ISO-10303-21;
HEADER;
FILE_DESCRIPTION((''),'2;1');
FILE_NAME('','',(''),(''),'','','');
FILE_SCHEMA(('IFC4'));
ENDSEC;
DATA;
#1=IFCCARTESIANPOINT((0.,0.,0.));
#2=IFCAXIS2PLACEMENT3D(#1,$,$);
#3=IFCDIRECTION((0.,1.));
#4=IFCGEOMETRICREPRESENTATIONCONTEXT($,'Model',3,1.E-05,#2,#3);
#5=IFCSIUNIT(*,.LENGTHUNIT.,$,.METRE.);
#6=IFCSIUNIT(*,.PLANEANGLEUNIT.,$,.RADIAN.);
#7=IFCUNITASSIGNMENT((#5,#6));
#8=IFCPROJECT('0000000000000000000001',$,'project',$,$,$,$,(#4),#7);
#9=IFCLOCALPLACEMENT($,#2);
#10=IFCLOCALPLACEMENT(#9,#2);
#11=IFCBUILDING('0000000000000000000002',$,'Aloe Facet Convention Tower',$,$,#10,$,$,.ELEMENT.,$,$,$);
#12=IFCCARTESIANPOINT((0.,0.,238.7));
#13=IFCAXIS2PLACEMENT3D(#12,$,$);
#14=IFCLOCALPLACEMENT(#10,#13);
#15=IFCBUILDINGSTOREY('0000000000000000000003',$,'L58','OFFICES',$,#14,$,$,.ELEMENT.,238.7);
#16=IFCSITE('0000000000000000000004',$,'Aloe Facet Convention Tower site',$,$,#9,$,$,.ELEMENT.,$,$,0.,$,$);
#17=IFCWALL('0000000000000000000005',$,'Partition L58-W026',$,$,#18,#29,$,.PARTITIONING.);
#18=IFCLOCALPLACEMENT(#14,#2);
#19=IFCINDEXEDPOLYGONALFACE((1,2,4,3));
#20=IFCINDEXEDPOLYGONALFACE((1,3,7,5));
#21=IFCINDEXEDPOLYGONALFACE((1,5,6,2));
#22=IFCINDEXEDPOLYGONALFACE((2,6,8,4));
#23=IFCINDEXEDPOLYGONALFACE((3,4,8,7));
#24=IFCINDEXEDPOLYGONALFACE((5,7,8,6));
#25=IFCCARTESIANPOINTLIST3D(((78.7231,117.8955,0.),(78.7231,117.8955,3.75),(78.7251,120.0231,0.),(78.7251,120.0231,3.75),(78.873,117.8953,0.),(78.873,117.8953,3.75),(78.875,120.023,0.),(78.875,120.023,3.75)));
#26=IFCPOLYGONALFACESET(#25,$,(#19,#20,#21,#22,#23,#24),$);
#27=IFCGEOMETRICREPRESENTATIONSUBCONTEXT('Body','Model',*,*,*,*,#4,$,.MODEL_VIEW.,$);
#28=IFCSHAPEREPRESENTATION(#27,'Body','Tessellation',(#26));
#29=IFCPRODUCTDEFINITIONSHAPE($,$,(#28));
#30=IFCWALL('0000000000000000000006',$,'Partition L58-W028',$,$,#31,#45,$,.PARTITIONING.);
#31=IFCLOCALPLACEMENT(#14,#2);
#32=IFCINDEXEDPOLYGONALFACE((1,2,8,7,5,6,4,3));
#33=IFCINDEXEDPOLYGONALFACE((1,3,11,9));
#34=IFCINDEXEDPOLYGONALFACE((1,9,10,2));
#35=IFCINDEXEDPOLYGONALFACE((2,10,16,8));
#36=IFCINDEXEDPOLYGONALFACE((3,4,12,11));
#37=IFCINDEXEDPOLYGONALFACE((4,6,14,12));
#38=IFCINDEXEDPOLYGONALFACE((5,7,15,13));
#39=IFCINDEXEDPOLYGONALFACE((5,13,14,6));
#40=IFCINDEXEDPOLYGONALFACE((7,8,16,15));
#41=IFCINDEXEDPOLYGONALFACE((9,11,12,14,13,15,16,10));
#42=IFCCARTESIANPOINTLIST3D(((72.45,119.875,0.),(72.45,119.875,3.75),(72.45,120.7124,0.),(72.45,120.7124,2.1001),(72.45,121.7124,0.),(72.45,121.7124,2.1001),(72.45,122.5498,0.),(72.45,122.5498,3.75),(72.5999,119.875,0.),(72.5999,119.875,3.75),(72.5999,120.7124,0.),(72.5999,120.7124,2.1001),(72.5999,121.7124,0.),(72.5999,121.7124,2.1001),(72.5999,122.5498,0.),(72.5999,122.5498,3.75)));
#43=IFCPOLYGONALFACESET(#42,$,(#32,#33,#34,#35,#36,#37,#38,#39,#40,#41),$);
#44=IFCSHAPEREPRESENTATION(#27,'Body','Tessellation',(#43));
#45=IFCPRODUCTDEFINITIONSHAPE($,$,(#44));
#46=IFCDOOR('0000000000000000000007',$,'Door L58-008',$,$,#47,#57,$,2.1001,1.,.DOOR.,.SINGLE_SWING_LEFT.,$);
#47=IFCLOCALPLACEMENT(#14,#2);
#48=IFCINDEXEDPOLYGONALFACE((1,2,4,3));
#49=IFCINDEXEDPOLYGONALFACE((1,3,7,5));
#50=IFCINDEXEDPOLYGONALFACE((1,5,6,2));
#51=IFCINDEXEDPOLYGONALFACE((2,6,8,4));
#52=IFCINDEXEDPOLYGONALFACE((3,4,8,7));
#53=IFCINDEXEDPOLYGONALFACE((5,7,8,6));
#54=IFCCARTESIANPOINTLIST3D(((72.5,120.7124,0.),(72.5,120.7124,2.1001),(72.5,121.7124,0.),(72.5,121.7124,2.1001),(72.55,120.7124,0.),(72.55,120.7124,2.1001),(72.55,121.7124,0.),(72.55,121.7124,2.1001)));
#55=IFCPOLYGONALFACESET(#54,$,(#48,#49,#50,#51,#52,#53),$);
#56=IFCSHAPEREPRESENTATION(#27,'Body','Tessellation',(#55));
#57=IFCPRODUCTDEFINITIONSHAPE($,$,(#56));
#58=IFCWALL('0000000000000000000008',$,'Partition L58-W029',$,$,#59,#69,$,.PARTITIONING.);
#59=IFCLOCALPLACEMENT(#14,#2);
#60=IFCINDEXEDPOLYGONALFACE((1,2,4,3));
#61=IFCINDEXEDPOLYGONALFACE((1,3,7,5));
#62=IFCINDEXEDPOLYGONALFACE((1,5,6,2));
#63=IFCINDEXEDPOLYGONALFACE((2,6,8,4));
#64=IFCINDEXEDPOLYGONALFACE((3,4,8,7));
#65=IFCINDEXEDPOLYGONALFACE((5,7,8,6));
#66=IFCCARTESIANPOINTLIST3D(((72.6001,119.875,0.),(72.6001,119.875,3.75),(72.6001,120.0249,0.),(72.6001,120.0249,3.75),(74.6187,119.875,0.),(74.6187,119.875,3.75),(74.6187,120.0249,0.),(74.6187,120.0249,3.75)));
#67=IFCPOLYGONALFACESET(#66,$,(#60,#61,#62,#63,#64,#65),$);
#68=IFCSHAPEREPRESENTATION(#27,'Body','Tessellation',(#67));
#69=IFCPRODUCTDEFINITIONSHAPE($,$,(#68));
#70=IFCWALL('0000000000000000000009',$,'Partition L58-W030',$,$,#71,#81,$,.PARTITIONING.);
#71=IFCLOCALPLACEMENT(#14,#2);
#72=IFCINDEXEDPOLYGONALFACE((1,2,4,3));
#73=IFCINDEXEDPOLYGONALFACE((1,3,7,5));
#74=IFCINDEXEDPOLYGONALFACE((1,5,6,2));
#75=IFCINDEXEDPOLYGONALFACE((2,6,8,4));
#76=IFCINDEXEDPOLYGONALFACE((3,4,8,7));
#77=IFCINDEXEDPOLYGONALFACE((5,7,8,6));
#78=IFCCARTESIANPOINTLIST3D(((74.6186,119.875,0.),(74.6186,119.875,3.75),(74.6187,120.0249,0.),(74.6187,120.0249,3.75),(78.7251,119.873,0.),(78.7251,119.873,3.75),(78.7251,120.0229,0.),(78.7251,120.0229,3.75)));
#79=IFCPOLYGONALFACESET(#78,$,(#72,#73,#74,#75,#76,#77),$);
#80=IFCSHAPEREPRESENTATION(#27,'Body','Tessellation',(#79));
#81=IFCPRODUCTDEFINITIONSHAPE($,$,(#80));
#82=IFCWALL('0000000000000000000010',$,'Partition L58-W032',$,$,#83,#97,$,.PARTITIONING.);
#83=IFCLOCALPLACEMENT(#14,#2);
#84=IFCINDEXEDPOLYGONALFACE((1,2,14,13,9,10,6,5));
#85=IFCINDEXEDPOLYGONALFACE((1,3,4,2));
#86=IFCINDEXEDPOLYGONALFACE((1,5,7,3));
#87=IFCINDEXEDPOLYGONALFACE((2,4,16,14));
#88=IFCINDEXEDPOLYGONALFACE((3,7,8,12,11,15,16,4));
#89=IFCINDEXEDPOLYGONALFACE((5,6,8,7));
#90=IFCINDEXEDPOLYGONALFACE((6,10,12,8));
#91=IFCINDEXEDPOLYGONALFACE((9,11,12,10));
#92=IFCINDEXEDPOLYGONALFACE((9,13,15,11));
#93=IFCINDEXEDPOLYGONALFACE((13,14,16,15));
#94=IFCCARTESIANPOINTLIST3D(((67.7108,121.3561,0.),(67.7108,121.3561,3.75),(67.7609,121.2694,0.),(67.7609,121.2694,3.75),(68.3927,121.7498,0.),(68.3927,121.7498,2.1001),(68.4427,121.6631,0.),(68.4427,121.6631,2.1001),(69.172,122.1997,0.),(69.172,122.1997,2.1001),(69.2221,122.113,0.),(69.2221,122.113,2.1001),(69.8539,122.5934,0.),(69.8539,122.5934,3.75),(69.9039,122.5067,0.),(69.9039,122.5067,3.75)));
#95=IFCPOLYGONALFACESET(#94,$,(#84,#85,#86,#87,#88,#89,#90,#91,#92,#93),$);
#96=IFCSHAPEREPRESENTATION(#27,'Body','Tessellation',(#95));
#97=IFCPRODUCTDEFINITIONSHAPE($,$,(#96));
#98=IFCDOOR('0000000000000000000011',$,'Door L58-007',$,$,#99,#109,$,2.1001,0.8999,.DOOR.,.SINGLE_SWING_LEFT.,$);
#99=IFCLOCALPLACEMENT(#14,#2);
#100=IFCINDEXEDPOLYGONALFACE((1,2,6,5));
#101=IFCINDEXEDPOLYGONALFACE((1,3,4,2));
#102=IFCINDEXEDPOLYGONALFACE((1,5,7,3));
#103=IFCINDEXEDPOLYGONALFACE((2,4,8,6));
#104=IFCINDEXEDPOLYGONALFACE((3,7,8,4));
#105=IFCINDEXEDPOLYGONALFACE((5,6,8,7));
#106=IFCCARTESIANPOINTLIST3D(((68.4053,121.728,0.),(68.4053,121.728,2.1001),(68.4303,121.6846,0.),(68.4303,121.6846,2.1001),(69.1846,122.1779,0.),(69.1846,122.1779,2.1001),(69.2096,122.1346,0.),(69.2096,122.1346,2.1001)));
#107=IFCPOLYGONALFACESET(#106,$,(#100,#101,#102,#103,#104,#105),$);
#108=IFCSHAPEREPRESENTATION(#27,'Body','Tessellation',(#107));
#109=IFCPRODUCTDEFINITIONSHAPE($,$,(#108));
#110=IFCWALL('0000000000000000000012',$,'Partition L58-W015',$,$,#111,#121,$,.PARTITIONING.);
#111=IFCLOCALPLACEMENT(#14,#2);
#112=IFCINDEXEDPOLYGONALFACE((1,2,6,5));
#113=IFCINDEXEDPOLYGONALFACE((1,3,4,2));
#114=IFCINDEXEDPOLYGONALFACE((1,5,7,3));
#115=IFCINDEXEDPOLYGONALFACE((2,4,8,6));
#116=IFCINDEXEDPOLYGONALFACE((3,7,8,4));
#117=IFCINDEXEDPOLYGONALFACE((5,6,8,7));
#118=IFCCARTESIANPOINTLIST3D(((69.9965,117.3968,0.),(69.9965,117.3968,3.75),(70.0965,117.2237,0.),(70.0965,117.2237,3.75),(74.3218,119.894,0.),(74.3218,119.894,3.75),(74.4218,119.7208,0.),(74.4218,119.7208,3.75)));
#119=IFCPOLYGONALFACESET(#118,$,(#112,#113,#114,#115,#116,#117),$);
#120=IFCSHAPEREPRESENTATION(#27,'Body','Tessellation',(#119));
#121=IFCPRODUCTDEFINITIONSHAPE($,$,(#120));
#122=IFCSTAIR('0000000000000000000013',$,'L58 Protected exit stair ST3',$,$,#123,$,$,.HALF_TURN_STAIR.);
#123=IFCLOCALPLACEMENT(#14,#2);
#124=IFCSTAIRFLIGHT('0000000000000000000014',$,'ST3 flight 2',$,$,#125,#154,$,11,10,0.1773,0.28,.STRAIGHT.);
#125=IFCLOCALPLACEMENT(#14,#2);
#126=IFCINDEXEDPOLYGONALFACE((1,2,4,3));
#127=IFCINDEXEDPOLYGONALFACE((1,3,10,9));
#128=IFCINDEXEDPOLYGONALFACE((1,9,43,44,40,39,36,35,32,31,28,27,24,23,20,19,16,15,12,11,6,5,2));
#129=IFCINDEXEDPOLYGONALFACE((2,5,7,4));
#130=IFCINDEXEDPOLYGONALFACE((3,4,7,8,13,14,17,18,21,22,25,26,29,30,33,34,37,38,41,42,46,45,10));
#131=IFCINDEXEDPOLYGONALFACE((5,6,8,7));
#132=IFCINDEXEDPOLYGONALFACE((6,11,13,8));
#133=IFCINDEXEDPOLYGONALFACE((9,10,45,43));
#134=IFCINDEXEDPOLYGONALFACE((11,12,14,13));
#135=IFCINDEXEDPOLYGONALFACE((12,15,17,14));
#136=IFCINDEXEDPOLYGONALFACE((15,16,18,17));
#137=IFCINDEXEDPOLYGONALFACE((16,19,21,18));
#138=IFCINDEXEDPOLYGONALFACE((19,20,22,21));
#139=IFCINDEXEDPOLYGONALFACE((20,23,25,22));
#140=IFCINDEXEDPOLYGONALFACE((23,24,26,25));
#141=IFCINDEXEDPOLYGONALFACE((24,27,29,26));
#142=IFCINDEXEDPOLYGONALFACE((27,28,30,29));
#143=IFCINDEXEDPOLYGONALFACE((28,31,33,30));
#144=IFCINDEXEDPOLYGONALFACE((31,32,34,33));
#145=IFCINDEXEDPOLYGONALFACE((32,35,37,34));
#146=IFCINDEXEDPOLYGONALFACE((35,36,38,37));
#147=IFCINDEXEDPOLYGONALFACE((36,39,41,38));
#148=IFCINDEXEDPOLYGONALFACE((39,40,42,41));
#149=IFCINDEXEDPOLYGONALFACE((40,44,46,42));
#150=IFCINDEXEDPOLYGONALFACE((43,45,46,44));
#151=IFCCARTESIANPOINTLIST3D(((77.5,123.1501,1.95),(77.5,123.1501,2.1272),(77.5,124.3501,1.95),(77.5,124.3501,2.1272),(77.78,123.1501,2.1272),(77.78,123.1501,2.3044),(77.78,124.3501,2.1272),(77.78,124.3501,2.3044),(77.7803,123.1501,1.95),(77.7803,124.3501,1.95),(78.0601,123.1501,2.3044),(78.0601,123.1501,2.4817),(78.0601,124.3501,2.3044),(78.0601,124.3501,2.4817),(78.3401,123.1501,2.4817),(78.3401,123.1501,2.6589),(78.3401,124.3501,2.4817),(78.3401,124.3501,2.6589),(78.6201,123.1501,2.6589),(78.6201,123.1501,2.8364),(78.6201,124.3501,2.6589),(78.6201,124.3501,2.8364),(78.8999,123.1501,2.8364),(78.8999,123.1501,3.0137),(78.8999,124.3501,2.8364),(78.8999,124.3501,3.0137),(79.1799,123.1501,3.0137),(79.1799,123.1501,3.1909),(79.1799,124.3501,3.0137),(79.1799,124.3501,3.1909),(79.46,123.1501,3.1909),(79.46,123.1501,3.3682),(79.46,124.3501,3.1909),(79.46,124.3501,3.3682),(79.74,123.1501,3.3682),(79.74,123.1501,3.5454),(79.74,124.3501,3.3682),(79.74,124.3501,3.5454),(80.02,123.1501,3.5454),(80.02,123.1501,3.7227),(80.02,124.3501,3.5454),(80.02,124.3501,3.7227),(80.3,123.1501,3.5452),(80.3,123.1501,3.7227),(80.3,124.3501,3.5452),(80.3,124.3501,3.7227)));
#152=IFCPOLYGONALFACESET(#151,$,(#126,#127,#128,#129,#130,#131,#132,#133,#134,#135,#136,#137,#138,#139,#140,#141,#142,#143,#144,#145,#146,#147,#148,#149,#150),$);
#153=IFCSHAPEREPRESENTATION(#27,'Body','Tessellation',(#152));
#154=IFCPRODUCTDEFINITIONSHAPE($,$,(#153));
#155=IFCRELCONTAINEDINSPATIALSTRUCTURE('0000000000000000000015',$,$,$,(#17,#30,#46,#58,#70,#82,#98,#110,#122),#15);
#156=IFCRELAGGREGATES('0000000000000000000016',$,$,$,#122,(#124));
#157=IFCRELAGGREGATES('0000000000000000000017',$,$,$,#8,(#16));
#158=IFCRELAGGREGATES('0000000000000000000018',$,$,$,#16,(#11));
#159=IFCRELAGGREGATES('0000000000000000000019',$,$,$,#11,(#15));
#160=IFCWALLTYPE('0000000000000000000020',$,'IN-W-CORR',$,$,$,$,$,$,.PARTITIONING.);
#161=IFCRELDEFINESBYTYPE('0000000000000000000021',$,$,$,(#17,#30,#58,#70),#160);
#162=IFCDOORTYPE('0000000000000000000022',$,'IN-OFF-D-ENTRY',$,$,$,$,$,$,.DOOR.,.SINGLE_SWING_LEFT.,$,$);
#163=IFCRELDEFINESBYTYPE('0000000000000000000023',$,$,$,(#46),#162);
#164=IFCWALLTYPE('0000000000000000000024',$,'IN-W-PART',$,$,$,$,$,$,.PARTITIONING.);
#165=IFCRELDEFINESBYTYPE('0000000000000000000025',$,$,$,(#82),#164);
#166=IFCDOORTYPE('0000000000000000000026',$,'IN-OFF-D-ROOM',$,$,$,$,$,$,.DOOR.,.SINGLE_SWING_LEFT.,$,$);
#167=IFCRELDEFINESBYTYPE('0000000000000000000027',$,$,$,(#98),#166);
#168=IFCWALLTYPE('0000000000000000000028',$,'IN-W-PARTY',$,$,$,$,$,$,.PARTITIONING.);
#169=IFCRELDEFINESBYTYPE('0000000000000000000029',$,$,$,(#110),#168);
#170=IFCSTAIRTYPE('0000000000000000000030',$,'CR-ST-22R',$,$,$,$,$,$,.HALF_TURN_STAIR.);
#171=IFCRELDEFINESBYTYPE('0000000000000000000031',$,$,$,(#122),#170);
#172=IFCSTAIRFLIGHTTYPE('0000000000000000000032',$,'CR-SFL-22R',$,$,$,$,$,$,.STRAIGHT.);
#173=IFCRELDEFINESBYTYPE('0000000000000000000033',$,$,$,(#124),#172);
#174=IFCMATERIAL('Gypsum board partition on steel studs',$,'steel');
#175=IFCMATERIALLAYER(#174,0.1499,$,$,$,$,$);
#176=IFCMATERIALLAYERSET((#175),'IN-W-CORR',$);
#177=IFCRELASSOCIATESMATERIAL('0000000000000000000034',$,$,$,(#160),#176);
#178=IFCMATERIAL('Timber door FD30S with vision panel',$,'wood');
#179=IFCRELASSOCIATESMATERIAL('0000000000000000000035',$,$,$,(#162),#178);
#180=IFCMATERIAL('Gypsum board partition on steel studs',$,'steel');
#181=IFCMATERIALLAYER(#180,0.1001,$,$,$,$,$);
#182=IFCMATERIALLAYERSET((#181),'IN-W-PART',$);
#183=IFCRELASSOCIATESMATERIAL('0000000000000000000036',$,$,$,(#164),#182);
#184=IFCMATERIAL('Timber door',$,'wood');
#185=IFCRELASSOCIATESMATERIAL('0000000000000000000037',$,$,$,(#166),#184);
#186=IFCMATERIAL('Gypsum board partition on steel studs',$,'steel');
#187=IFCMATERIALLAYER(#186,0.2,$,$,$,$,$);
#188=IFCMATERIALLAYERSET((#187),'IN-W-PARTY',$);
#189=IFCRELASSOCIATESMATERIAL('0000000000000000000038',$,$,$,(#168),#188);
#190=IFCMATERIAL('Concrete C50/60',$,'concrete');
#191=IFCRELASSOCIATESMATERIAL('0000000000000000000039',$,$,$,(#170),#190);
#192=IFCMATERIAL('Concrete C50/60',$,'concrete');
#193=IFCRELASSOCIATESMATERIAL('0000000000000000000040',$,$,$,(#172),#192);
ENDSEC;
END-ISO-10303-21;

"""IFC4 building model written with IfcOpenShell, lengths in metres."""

from ifc_helpers import new_model, si_unit, direction, frame, frame_2d, origin, place, context, subcontext, project, spatial, polyline, rectangle, outline, extrude, material, layer, layer_set, type_object, element, fill, aggregate, save


model = new_model("IFC4")

# Units and contexts
model_context = context("Model", 3, precision=1e-05, world=origin(), true_north=direction((0.0, 1.0)))
body_context = subcontext(model_context, "Body", "Model", "MODEL_VIEW")
ifc_project = project(units=[si_unit("LENGTHUNIT", "METRE"), si_unit("PLANEANGLEUNIT", "RADIAN")], contexts=[model_context])

# Site, building, storey
site_placement = place(None, origin())
site = spatial("IfcSite", under=ifc_project, at=site_placement, Name="Aloe Facet Convention Tower site", CompositionType="ELEMENT", RefElevation=0.0)
building_placement = place(site_placement, origin())
building = spatial("IfcBuilding", under=site, at=building_placement, Name="Aloe Facet Convention Tower", CompositionType="ELEMENT")
storey_placement = place(building_placement, frame((0.0, 0.0, 238.7)))
storey = spatial("IfcBuildingStorey", under=building, at=storey_placement, Name="L58", Description="OFFICES", CompositionType="ELEMENT", Elevation=238.7)

# Shared definitions
ifc_material_1 = material(Name="Gypsum board partition on steel studs", Category="steel")
ifc_layer_1 = layer(ifc_material_1, 0.1499)
ifc_layer_set_1 = layer_set([ifc_layer_1], Name="IN-W-CORR")
wall_type_1 = type_object("IfcWallType", Name="IN-W-CORR", PredefinedType="PARTITIONING", material=ifc_layer_set_1)

# Shared definitions
ifc_material_2 = material(Name="Timber door FD30S with vision panel", Category="wood")
door_type_1 = type_object("IfcDoorType", Name="IN-OFF-D-ENTRY", OperationType="SINGLE_SWING_LEFT", PredefinedType="DOOR", material=ifc_material_2)

# Wall
wall_1_placement = place(storey_placement, frame((78.7981, 117.8953, 0.0), z_axis=(0.0, 0.0, 1.0), x_axis=(0.000918, 1.0, 0.0)))
element("IfcWall", 1, at=wall_1_placement, inside=storey, type_object=wall_type_1, Name="Partition L58-W026", PredefinedType="PARTITIONING", context=body_context, shape_type="SweptSolid", body=[
    extrude(rectangle(XDim=2.1277, YDim=0.1499, at=frame_2d((1.064, 0.0))), origin(), (0.0, 0.0, 1.0), 3.75),
])

# Wall, opening, door
wall_2_placement = place(storey_placement, frame((72.5249, 119.875, 0.0), z_axis=(0.0, 0.0, 1.0), x_axis=(0.0, 1.0, 0.0)))
wall_2 = element("IfcWall", 2, at=wall_2_placement, inside=storey, type_object=wall_type_1, Name="Partition L58-W028", PredefinedType="PARTITIONING", context=body_context, shape_type="SweptSolid", body=[
    extrude(rectangle(XDim=2.6748, YDim=0.1499, at=frame_2d((1.3374, 0.0))), origin(), (0.0, 0.0, 1.0), 3.75),
])
opening_1_placement = place(wall_2_placement, frame((0.8374, 0.0, 0.0)))
opening_1 = element("IfcOpeningElement", 3, at=opening_1_placement, cuts=wall_2, PredefinedType="OPENING", context=body_context, shape_type="SweptSolid", body=[
    extrude(rectangle(XDim=1.0, YDim=2.1001, at=frame_2d((0.5, 1.05))), frame((0.0, 0.085, 0.0), z_axis=(0.0, -1.0, 0.0), x_axis=(1.0, 0.0, 0.0)), (0.0, 0.0, 1.0), 0.1699),
])
door_1_placement = place(opening_1_placement, origin())
door_1 = element("IfcDoor", 4, at=door_1_placement, inside=storey, type_object=door_type_1, Name="Door L58-008", OperationType="SINGLE_SWING_LEFT", OverallHeight=2.1001, OverallWidth=1.0, PredefinedType="DOOR", context=body_context, shape_type="SweptSolid", body=[
    extrude(rectangle(XDim=1.0, YDim=2.1001, at=frame_2d((0.5, 1.05))), frame((0.0, 0.0249, 0.0), z_axis=(0.0, -1.0, 0.0), x_axis=(1.0, 0.0, 0.0)), (0.0, 0.0, 1.0), 0.05),
])
fill(opening_1, door_1)

# Walls
wall_3_placement = place(storey_placement, frame((72.6001, 119.95, 0.0), z_axis=(0.0, 0.0, 1.0), x_axis=(1.0, 0.0, 0.0)))
element("IfcWall", 5, at=wall_3_placement, inside=storey, type_object=wall_type_1, Name="Partition L58-W029", PredefinedType="PARTITIONING", context=body_context, shape_type="SweptSolid", body=[
    extrude(rectangle(XDim=2.0186, YDim=0.1499, at=frame_2d((1.0093, 0.0))), origin(), (0.0, 0.0, 1.0), 3.75),
])
wall_4_placement = place(storey_placement, frame((74.6187, 119.95, 0.0), z_axis=(0.0, 0.0, 1.0), x_axis=(1.0, -0.000476, 0.0)))
element("IfcWall", 6, at=wall_4_placement, inside=storey, type_object=wall_type_1, Name="Partition L58-W030", PredefinedType="PARTITIONING", context=body_context, shape_type="SweptSolid", body=[
    extrude(rectangle(XDim=4.1064, YDim=0.1499, at=frame_2d((2.0532, 0.0))), origin(), (0.0, 0.0, 1.0), 3.75),
])

# Wall, opening, door
ifc_material_3 = material(Name="Gypsum board partition on steel studs", Category="steel")
ifc_layer_2 = layer(ifc_material_3, 0.1001)
ifc_layer_set_2 = layer_set([ifc_layer_2], Name="IN-W-PART")
wall_type_2 = type_object("IfcWallType", Name="IN-W-PART", PredefinedType="PARTITIONING", material=ifc_layer_set_2)
wall_5_placement = place(storey_placement, frame((67.7358, 121.3127, 0.0), z_axis=(0.0, 0.0, 1.0), x_axis=(0.866025, 0.500001, 0.0)))
wall_5 = element("IfcWall", 7, at=wall_5_placement, inside=storey, type_object=wall_type_2, Name="Partition L58-W032", PredefinedType="PARTITIONING", context=body_context, shape_type="SweptSolid", body=[
    extrude(rectangle(XDim=2.4746, YDim=0.1001, at=frame_2d((1.2373, 0.0))), origin(), (0.0, 0.0, 1.0), 3.75),
])
opening_2_placement = place(wall_5_placement, frame((0.7874, 0.0, 0.0)))
opening_2 = element("IfcOpeningElement", 8, at=opening_2_placement, cuts=wall_5, PredefinedType="OPENING", context=body_context, shape_type="SweptSolid", body=[
    extrude(rectangle(XDim=0.8999, YDim=2.1001, at=frame_2d((0.45, 1.05))), frame((0.0, 0.0601, 0.0), z_axis=(0.0, -1.0, 0.0), x_axis=(1.0, 0.0, 0.0)), (0.0, 0.0, 1.0), 0.1201),
])
ifc_material_4 = material(Name="Timber door", Category="wood")
door_type_2 = type_object("IfcDoorType", Name="IN-OFF-D-ROOM", OperationType="SINGLE_SWING_LEFT", PredefinedType="DOOR", material=ifc_material_4)
door_2_placement = place(opening_2_placement, origin())
door_2 = element("IfcDoor", 9, at=door_2_placement, inside=storey, type_object=door_type_2, Name="Door L58-007", OperationType="SINGLE_SWING_LEFT", OverallHeight=2.1001, OverallWidth=0.8999, PredefinedType="DOOR", context=body_context, shape_type="SweptSolid", body=[
    extrude(rectangle(XDim=0.8999, YDim=2.1001, at=frame_2d((0.45, 1.05))), frame((0.0, 0.0249, 0.0), z_axis=(0.0, -1.0, 0.0), x_axis=(1.0, 0.0, 0.0)), (0.0, 0.0, 1.0), 0.05),
])
fill(opening_2, door_2)

# Wall
ifc_material_5 = material(Name="Gypsum board partition on steel studs", Category="steel")
ifc_layer_3 = layer(ifc_material_5, 0.2)
ifc_layer_set_3 = layer_set([ifc_layer_3], Name="IN-W-PARTY")
wall_type_3 = type_object("IfcWallType", Name="IN-W-PARTY", PredefinedType="PARTITIONING", material=ifc_layer_set_3)
wall_6_placement = place(storey_placement, frame((70.0466, 117.3103, 0.0), z_axis=(0.0, 0.0, 1.0), x_axis=(0.866033, 0.499988, 0.0)))
element("IfcWall", 10, at=wall_6_placement, inside=storey, type_object=wall_type_3, Name="Partition L58-W015", PredefinedType="PARTITIONING", context=body_context, shape_type="SweptSolid", body=[
    extrude(rectangle(XDim=4.9944, YDim=0.2, at=frame_2d((2.4971, 0.0))), origin(), (0.0, 0.0, 1.0), 3.75),
])

# Stair, stair flight
ifc_material_6 = material(Name="Concrete C50/60", Category="concrete")
stair_type = type_object("IfcStairType", Name="CR-ST-22R", PredefinedType="HALF_TURN_STAIR", material=ifc_material_6)
stair_placement = place(storey_placement, origin())
stair = element("IfcStair", 11, at=stair_placement, inside=storey, type_object=stair_type, Name="L58 Protected exit stair ST3", PredefinedType="HALF_TURN_STAIR")
ifc_material_7 = material(Name="Concrete C50/60", Category="concrete")
stair_flight_type = type_object("IfcStairFlightType", Name="CR-SFL-22R", PredefinedType="STRAIGHT", material=ifc_material_7)
stair_flight_placement = place(storey_placement, frame((77.5, 123.75, 1.95), z_axis=(0.0, 0.0, 1.0), x_axis=(1.0, 0.0, 0.0)))
stair_flight = element("IfcStairFlight", 12, at=stair_flight_placement, type_object=stair_flight_type, Name="ST3 flight 2", NumberOfRisers=11, NumberOfTreads=10, PredefinedType="STRAIGHT", RiserHeight=0.1773, TreadLength=0.28, context=body_context, shape_type="SweptSolid", body=[
    extrude(outline(polyline([(0.0, 0.0), (0.0, 0.1772), (0.28, 0.1772), (0.28, 0.3545), (0.5601, 0.3545), (0.5601, 0.5317), (0.8401, 0.5317), (0.8401, 0.709), (1.1201, 0.709), (1.1201, 0.8865), (1.3999, 0.8865), (1.3999, 1.0637), (1.6799, 1.0637), (1.6799, 1.241), (1.96, 1.241), (1.96, 1.4182), (2.24, 1.4182), (2.24, 1.5955), (2.52, 1.5955), (2.52, 1.7727), (2.8, 1.7727), (2.8, 1.95), (2.8, 1.5952), (0.2803, 0.0), (0.0, 0.0)])), frame((0.0, 0.6001, 0.0), z_axis=(0.0, -1.0, 0.0), x_axis=(1.0, 0.0, 0.0)), (0.0, 0.0, 1.0), 1.2),
])
aggregate(stair, [stair_flight])

save(model, "model.ifc")
